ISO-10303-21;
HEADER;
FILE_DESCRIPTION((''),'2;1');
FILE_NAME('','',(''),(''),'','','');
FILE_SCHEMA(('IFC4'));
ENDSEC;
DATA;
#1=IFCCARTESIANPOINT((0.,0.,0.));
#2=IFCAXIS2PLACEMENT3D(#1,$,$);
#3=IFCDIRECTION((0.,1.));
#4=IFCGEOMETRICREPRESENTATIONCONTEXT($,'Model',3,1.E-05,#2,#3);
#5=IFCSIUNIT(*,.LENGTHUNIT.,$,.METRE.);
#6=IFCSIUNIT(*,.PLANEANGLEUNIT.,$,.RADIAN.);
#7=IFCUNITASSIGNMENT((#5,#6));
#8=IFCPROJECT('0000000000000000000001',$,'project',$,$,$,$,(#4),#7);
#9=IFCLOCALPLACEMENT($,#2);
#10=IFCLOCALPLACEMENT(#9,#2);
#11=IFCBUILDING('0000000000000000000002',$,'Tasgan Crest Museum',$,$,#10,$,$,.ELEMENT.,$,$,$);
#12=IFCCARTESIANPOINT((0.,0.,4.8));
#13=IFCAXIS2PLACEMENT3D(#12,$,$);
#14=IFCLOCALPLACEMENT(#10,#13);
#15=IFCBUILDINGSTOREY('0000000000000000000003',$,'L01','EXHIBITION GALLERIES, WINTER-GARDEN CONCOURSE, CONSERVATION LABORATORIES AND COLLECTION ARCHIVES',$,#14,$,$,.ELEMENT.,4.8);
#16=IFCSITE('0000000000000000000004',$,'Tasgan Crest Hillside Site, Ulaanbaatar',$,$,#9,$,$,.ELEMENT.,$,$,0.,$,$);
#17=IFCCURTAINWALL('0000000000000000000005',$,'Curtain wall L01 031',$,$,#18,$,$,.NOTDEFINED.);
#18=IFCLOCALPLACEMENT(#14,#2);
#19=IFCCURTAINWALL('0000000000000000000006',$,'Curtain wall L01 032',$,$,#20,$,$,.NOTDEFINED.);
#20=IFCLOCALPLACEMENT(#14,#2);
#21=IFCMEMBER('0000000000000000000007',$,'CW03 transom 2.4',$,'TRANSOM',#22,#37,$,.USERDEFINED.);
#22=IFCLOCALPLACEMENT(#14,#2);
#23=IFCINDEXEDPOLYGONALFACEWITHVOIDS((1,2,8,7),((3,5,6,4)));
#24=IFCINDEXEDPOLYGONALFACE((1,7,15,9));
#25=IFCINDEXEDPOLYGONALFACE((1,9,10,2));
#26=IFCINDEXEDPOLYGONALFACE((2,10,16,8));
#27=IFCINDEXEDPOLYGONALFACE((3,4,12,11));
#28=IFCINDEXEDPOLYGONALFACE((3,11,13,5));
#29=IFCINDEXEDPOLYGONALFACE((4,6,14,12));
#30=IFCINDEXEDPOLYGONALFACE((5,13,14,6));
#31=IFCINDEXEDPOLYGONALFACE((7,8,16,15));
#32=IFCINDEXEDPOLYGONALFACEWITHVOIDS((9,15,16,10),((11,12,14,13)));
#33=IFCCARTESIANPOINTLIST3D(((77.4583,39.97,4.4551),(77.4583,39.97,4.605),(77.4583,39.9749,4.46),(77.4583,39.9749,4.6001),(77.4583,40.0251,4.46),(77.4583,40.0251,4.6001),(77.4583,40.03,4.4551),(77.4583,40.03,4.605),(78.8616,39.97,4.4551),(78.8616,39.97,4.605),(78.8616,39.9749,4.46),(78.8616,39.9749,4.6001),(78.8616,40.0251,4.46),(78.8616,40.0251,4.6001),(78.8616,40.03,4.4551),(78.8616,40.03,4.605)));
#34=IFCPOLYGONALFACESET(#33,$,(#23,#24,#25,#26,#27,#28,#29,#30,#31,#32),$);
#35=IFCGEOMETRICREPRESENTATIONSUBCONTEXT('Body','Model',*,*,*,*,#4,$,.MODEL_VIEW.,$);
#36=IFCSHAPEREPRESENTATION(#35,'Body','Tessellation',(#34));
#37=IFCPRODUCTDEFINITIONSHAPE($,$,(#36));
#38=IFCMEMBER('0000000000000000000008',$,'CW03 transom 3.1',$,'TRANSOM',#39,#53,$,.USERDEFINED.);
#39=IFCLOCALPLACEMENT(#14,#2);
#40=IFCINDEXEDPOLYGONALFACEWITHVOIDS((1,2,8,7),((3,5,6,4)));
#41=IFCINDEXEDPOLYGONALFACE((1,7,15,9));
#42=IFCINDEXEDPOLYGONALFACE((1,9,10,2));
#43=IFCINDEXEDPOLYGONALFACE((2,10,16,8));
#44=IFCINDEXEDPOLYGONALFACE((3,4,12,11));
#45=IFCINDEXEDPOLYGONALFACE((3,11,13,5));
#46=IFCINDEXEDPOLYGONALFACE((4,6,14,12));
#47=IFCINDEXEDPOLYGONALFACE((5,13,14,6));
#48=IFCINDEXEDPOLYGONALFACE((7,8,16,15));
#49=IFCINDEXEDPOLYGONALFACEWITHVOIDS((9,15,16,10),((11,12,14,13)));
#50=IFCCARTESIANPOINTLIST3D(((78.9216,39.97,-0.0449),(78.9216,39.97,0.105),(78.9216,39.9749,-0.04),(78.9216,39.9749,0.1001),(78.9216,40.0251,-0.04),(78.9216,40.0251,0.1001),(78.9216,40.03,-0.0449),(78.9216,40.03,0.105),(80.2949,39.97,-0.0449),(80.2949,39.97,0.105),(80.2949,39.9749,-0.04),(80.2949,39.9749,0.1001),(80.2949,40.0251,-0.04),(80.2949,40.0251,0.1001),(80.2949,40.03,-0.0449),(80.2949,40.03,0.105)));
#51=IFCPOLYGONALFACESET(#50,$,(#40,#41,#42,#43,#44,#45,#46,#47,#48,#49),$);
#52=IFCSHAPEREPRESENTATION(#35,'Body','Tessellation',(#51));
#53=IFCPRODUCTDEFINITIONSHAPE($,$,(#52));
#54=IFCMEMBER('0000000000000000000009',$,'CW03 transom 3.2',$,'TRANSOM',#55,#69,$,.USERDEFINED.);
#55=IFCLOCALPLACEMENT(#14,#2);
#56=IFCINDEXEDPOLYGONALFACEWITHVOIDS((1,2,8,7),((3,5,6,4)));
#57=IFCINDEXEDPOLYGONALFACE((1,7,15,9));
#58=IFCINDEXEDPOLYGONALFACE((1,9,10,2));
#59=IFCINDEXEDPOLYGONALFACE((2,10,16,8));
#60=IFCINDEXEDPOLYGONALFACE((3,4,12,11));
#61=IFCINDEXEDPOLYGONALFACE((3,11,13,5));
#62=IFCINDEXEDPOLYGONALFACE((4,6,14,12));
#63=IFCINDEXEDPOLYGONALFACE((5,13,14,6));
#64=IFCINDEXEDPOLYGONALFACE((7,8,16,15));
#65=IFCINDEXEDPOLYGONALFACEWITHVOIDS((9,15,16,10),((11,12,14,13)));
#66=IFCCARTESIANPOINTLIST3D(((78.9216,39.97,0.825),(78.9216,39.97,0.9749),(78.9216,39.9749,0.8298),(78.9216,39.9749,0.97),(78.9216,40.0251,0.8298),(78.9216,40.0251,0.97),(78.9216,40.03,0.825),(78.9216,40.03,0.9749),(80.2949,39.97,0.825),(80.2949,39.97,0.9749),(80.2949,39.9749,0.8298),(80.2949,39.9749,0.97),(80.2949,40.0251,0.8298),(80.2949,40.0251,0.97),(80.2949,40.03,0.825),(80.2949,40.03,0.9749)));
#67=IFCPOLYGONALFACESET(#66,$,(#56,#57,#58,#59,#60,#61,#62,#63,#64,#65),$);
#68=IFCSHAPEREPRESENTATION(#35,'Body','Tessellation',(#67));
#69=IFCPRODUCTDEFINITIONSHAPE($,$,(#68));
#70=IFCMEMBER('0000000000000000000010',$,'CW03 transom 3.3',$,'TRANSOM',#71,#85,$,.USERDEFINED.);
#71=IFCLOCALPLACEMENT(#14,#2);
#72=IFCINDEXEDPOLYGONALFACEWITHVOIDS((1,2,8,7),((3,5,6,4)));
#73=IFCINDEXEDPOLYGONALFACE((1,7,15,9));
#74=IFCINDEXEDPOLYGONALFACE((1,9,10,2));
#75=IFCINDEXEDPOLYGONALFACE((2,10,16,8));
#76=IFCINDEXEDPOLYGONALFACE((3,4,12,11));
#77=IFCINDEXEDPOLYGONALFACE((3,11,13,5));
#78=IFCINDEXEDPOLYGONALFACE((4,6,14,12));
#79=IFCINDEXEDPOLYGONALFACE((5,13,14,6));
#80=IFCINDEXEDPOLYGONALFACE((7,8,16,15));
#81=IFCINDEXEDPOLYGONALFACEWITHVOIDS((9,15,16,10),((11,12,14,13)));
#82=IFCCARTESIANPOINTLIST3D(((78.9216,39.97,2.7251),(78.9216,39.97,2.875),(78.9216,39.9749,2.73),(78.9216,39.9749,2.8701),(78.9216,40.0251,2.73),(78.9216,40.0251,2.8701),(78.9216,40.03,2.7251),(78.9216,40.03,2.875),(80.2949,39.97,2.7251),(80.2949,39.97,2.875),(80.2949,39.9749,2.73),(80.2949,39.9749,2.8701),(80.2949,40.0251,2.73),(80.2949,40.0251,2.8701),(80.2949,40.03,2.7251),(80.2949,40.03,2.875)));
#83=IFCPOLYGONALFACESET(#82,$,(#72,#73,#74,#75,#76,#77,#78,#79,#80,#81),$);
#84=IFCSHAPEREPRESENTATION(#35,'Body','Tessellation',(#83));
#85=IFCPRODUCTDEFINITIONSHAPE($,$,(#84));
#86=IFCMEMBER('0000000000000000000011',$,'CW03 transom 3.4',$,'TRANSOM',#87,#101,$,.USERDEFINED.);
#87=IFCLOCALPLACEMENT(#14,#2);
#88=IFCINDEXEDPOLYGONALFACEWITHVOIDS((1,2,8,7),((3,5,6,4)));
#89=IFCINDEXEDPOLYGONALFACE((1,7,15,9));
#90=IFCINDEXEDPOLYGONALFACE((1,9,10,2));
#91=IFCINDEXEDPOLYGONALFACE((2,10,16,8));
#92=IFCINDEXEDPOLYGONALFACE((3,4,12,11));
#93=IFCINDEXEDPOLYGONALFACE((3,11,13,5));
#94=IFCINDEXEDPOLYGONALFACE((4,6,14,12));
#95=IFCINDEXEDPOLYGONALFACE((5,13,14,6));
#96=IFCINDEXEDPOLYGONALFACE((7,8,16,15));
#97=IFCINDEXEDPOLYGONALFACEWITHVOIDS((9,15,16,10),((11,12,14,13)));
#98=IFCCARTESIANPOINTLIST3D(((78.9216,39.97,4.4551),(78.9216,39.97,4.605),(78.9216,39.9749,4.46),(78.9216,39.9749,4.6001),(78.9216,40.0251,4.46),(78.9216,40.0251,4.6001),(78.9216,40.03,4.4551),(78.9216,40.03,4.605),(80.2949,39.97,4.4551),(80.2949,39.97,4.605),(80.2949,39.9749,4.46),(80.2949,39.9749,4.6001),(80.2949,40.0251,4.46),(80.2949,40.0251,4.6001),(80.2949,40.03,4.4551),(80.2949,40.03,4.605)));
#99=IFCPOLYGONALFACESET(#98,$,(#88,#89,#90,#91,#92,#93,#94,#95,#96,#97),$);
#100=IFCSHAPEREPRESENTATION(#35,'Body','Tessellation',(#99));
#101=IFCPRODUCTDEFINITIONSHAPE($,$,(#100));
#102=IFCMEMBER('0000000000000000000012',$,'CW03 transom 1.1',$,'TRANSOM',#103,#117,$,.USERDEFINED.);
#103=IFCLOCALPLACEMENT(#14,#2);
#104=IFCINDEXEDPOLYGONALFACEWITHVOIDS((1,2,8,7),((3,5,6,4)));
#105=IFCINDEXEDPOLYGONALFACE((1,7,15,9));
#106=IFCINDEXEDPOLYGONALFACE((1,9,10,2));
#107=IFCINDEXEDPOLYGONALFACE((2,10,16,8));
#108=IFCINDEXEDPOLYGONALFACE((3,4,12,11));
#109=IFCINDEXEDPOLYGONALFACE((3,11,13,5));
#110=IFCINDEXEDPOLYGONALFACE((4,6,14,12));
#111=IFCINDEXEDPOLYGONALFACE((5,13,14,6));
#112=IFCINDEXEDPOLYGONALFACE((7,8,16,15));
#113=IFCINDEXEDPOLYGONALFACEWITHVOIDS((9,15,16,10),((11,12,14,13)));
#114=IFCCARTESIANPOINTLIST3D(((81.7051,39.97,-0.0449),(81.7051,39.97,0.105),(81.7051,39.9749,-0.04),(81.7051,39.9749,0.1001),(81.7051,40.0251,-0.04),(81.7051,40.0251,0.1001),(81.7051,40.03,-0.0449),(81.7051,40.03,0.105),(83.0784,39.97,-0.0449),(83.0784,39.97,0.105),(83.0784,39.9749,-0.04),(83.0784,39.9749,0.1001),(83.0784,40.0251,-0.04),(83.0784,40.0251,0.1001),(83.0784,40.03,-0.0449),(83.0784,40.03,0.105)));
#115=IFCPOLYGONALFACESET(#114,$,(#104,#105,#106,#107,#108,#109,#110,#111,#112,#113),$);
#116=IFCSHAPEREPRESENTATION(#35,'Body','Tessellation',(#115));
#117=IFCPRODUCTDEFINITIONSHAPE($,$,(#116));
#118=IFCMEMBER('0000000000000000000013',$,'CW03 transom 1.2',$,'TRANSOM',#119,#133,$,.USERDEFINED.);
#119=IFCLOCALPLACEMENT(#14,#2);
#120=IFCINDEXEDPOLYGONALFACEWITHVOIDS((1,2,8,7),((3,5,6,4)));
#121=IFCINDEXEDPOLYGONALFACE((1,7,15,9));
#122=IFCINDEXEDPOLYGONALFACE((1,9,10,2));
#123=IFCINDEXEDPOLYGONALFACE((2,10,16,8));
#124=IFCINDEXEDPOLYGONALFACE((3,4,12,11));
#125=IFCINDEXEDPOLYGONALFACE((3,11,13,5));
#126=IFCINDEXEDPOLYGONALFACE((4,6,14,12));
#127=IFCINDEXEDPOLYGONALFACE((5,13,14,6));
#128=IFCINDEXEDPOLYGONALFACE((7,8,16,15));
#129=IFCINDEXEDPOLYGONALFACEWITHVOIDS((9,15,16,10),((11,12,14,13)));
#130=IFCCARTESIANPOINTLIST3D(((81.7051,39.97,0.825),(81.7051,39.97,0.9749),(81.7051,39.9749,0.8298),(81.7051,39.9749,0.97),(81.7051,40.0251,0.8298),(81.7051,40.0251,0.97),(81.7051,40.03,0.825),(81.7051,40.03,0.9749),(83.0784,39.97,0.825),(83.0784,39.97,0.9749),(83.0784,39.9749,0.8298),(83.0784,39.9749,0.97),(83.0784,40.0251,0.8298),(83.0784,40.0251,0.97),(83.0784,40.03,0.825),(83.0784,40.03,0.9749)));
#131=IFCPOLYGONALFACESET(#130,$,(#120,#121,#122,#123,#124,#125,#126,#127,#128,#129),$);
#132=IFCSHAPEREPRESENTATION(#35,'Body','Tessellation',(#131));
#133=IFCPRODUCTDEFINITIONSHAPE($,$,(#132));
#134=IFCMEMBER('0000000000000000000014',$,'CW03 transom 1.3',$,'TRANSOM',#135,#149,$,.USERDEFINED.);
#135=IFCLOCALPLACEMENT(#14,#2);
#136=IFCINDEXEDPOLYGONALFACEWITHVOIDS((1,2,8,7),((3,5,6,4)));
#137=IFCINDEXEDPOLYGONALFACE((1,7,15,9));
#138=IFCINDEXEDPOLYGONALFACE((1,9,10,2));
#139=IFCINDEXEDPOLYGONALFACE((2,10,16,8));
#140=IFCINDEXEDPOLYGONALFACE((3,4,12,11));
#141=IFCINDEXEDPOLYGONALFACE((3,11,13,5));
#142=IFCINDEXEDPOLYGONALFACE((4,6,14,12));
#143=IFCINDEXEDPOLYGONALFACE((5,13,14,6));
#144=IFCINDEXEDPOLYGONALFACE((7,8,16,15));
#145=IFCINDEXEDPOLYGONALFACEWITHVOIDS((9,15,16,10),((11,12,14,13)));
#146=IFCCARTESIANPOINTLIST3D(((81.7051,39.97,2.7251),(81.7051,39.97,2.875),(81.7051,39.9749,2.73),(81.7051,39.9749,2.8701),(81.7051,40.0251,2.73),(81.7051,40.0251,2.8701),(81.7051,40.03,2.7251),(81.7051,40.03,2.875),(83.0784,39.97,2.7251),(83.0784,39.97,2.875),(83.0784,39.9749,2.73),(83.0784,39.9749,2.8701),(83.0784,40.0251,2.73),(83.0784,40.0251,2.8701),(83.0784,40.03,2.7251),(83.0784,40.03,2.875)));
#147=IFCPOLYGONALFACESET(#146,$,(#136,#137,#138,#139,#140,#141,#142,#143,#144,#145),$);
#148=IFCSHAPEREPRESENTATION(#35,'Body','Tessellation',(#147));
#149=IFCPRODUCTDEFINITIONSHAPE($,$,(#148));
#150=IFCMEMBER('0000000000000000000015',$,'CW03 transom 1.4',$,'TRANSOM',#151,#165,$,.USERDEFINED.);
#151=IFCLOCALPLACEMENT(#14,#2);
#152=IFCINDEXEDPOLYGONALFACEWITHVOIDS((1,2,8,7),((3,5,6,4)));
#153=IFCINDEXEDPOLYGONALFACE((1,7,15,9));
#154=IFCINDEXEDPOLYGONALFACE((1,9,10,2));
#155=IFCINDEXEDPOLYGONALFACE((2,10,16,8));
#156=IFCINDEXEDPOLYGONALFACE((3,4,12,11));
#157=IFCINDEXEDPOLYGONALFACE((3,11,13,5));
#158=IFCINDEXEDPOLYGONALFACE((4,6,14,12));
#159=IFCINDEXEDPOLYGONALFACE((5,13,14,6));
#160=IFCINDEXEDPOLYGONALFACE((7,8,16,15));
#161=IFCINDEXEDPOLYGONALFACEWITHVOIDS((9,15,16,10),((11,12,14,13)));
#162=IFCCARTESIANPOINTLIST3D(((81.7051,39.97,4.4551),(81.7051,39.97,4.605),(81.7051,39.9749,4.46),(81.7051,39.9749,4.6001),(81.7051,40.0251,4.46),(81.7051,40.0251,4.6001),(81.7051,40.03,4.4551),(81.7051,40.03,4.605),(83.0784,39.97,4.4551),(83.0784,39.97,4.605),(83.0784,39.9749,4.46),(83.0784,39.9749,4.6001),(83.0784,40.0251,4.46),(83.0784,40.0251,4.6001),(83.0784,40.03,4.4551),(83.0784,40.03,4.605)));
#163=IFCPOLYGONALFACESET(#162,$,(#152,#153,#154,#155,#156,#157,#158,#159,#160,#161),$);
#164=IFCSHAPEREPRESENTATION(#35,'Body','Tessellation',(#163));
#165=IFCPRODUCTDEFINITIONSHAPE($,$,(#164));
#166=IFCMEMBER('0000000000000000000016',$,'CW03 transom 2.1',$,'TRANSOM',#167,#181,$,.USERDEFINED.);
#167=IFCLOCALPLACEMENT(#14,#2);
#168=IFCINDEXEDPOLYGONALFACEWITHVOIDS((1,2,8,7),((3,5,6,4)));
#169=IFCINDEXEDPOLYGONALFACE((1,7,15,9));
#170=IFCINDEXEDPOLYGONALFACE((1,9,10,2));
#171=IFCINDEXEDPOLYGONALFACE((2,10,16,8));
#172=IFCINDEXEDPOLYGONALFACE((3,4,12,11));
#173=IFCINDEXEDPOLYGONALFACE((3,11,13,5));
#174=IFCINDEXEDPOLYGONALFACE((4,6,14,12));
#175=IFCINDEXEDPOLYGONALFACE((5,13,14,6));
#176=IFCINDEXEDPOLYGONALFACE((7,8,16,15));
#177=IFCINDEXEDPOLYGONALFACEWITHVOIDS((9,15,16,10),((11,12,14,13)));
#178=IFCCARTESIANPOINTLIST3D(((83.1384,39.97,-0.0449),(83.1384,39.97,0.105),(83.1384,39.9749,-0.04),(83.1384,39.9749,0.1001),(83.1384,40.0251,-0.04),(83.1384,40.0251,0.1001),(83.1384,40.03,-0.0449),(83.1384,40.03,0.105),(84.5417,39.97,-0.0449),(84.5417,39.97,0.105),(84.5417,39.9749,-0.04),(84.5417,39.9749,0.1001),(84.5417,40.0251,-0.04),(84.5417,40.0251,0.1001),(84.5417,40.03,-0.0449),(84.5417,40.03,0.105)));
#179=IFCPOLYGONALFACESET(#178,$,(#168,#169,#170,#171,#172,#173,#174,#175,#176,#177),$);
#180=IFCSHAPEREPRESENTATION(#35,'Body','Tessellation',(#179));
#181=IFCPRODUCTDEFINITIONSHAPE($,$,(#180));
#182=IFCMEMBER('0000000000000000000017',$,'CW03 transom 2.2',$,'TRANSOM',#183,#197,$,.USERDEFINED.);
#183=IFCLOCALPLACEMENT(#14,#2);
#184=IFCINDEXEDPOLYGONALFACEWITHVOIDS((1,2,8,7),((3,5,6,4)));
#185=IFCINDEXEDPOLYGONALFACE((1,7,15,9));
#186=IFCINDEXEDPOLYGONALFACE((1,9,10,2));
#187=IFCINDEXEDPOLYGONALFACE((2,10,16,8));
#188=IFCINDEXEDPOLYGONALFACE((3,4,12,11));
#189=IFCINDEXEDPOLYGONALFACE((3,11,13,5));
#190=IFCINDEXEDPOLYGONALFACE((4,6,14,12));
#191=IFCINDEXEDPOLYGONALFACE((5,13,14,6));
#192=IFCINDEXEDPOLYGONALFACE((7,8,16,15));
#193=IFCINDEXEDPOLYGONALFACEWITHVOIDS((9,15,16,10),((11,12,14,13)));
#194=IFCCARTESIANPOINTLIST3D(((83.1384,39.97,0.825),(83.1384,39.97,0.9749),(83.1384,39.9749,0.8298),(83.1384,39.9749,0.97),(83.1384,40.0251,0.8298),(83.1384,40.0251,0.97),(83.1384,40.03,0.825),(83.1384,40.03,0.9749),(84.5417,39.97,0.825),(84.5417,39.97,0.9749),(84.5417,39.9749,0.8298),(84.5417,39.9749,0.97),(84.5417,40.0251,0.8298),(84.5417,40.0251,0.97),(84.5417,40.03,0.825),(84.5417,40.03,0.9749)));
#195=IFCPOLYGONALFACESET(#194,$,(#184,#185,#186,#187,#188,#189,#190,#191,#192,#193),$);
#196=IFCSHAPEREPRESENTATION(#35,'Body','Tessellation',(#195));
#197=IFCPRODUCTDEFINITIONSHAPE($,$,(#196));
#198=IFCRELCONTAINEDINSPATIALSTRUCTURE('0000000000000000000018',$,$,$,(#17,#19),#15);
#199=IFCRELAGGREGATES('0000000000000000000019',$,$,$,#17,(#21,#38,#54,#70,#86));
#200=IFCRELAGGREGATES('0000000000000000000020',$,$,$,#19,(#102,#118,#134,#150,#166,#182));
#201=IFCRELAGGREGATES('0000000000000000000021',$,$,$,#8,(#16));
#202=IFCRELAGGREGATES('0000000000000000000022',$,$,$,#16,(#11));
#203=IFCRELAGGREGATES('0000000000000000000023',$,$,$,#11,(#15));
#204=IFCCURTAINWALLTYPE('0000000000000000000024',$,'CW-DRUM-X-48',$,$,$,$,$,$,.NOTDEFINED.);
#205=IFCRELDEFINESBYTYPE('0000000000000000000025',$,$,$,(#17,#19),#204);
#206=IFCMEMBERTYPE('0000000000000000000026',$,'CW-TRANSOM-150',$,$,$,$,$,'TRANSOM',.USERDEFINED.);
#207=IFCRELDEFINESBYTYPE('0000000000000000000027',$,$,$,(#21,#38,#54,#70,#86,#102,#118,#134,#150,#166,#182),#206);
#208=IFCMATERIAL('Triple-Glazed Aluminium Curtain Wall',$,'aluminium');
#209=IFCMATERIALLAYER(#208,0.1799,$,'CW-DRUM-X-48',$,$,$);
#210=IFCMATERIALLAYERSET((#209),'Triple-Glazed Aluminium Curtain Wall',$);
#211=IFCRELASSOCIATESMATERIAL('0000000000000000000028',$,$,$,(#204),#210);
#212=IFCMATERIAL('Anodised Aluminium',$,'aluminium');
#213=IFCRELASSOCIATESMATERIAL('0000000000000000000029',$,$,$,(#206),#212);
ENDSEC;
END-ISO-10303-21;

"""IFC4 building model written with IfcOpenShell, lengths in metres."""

from ifc_helpers import new_model, si_unit, direction, frame, origin, origin_2d, place, context, subcontext, project, spatial, hollow_rectangle, extrude, material, layer, layer_set, material_profile, profile_set, type_object, element, aggregate, save


model = new_model("IFC4")

# Units and contexts
model_context = context("Model", 3, precision=1e-05, world=origin(), true_north=direction((0.0, 1.0)))
body_context = subcontext(model_context, "Body", "Model", "MODEL_VIEW")
ifc_project = project(units=[si_unit("LENGTHUNIT", "METRE"), si_unit("PLANEANGLEUNIT", "RADIAN")], contexts=[model_context])

# Site, building, storey
site_placement = place(None, origin())
site = spatial("IfcSite", under=ifc_project, at=site_placement, Name="Tasgan Crest Hillside Site, Ulaanbaatar", CompositionType="ELEMENT", RefElevation=0.0)
building_placement = place(site_placement, origin())
building = spatial("IfcBuilding", under=site, at=building_placement, Name="Tasgan Crest Museum", CompositionType="ELEMENT")
storey_placement = place(building_placement, frame((0.0, 0.0, 4.8)))
storey = spatial("IfcBuildingStorey", under=building, at=storey_placement, Name="L01", Description="EXHIBITION GALLERIES, WINTER-GARDEN CONCOURSE, CONSERVATION LABORATORIES AND COLLECTION ARCHIVES", CompositionType="ELEMENT", Elevation=4.8)

# Curtain walls
ifc_material_1 = material(Name="Triple-Glazed Aluminium Curtain Wall", Category="aluminium")
ifc_layer_1 = layer(ifc_material_1, 0.1799, Name="CW-DRUM-X-48")
ifc_layer_set_1 = layer_set([ifc_layer_1], Name="Triple-Glazed Aluminium Curtain Wall")
curtain_wall_type = type_object("IfcCurtainWallType", Name="CW-DRUM-X-48", PredefinedType="NOTDEFINED", material=ifc_layer_set_1)
curtain_wall_1_placement = place(storey_placement, origin())
curtain_wall_1 = element("IfcCurtainWall", 1, at=curtain_wall_1_placement, inside=storey, type_object=curtain_wall_type, Name="Curtain wall L01 031", PredefinedType="NOTDEFINED")
curtain_wall_2_placement = place(storey_placement, origin())
curtain_wall_2 = element("IfcCurtainWall", 2, at=curtain_wall_2_placement, inside=storey, type_object=curtain_wall_type, Name="Curtain wall L01 032", PredefinedType="NOTDEFINED")

# Members
ifc_material_2 = material(Name="Anodised Aluminium", Category="aluminium")
ifc_material_profile_1 = material_profile(ifc_material_2, hollow_rectangle(XDim=0.0601, YDim=0.1499, WallThickness=0.0049, at=origin_2d()), Name="ALU TRANSOM 150x60x5")
ifc_profile_set_1 = profile_set([ifc_material_profile_1], Name="Anodised Aluminium")
member_type_1 = type_object("IfcMemberType", Name="CW-TRANSOM-150", ElementType="TRANSOM", PredefinedType="USERDEFINED", material=ifc_profile_set_1)
member_1_placement = place(storey_placement, frame((77.4583, 40.0, 4.53), z_axis=(1.0, 0.0, 0.0), x_axis=(0.0, 1.0, 0.0)))
member_1 = element("IfcMember", 3, at=member_1_placement, type_object=member_type_1, Name="CW03 transom 2.4", ObjectType="TRANSOM", PredefinedType="USERDEFINED", context=body_context, shape_type="SweptSolid", body=[
    extrude(hollow_rectangle(XDim=0.0601, YDim=0.1499, WallThickness=0.0049, at=origin_2d()), origin(), (0.0, 0.0, 1.0), 1.4033),
])
member_2_placement = place(storey_placement, frame((78.9216, 40.0, 0.03), z_axis=(1.0, 0.0, 0.0), x_axis=(0.0, 1.0, 0.0)))
member_2 = element("IfcMember", 4, at=member_2_placement, type_object=member_type_1, Name="CW03 transom 3.1", ObjectType="TRANSOM", PredefinedType="USERDEFINED", context=body_context, shape_type="SweptSolid", body=[
    extrude(hollow_rectangle(XDim=0.0601, YDim=0.1499, WallThickness=0.0049, at=origin_2d()), origin(), (0.0, 0.0, 1.0), 1.3733),
])
member_3_placement = place(storey_placement, frame((78.9216, 40.0, 0.8999), z_axis=(1.0, 0.0, 0.0), x_axis=(0.0, 1.0, 0.0)))
member_3 = element("IfcMember", 5, at=member_3_placement, type_object=member_type_1, Name="CW03 transom 3.2", ObjectType="TRANSOM", PredefinedType="USERDEFINED", context=body_context, shape_type="SweptSolid", body=[
    extrude(hollow_rectangle(XDim=0.0601, YDim=0.1499, WallThickness=0.0049, at=origin_2d()), origin(), (0.0, 0.0, 1.0), 1.3733),
])
member_4_placement = place(storey_placement, frame((78.9216, 40.0, 2.8), z_axis=(1.0, 0.0, 0.0), x_axis=(0.0, 1.0, 0.0)))
member_4 = element("IfcMember", 6, at=member_4_placement, type_object=member_type_1, Name="CW03 transom 3.3", ObjectType="TRANSOM", PredefinedType="USERDEFINED", context=body_context, shape_type="SweptSolid", body=[
    extrude(hollow_rectangle(XDim=0.0601, YDim=0.1499, WallThickness=0.0049, at=origin_2d()), origin(), (0.0, 0.0, 1.0), 1.3733),
])
member_5_placement = place(storey_placement, frame((78.9216, 40.0, 4.53), z_axis=(1.0, 0.0, 0.0), x_axis=(0.0, 1.0, 0.0)))
member_5 = element("IfcMember", 7, at=member_5_placement, type_object=member_type_1, Name="CW03 transom 3.4", ObjectType="TRANSOM", PredefinedType="USERDEFINED", context=body_context, shape_type="SweptSolid", body=[
    extrude(hollow_rectangle(XDim=0.0601, YDim=0.1499, WallThickness=0.0049, at=origin_2d()), origin(), (0.0, 0.0, 1.0), 1.3733),
])
member_6_placement = place(storey_placement, frame((81.7051, 40.0, 0.03), z_axis=(1.0, 0.0, 0.0), x_axis=(0.0, 1.0, 0.0)))
member_6 = element("IfcMember", 8, at=member_6_placement, type_object=member_type_1, Name="CW03 transom 1.1", ObjectType="TRANSOM", PredefinedType="USERDEFINED", context=body_context, shape_type="SweptSolid", body=[
    extrude(hollow_rectangle(XDim=0.0601, YDim=0.1499, WallThickness=0.0049, at=origin_2d()), origin(), (0.0, 0.0, 1.0), 1.3733),
])
member_7_placement = place(storey_placement, frame((81.7051, 40.0, 0.8999), z_axis=(1.0, 0.0, 0.0), x_axis=(0.0, 1.0, 0.0)))
member_7 = element("IfcMember", 9, at=member_7_placement, type_object=member_type_1, Name="CW03 transom 1.2", ObjectType="TRANSOM", PredefinedType="USERDEFINED", context=body_context, shape_type="SweptSolid", body=[
    extrude(hollow_rectangle(XDim=0.0601, YDim=0.1499, WallThickness=0.0049, at=origin_2d()), origin(), (0.0, 0.0, 1.0), 1.3733),
])
member_8_placement = place(storey_placement, frame((81.7051, 40.0, 2.8), z_axis=(1.0, 0.0, 0.0), x_axis=(0.0, 1.0, 0.0)))
member_8 = element("IfcMember", 10, at=member_8_placement, type_object=member_type_1, Name="CW03 transom 1.3", ObjectType="TRANSOM", PredefinedType="USERDEFINED", context=body_context, shape_type="SweptSolid", body=[
    extrude(hollow_rectangle(XDim=0.0601, YDim=0.1499, WallThickness=0.0049, at=origin_2d()), origin(), (0.0, 0.0, 1.0), 1.3733),
])
member_9_placement = place(storey_placement, frame((81.7051, 40.0, 4.53), z_axis=(1.0, 0.0, 0.0), x_axis=(0.0, 1.0, 0.0)))
member_9 = element("IfcMember", 11, at=member_9_placement, type_object=member_type_1, Name="CW03 transom 1.4", ObjectType="TRANSOM", PredefinedType="USERDEFINED", context=body_context, shape_type="SweptSolid", body=[
    extrude(hollow_rectangle(XDim=0.0601, YDim=0.1499, WallThickness=0.0049, at=origin_2d()), origin(), (0.0, 0.0, 1.0), 1.3733),
])
member_10_placement = place(storey_placement, frame((83.1384, 40.0, 0.03), z_axis=(1.0, 0.0, 0.0), x_axis=(0.0, 1.0, 0.0)))
member_10 = element("IfcMember", 12, at=member_10_placement, type_object=member_type_1, Name="CW03 transom 2.1", ObjectType="TRANSOM", PredefinedType="USERDEFINED", context=body_context, shape_type="SweptSolid", body=[
    extrude(hollow_rectangle(XDim=0.0601, YDim=0.1499, WallThickness=0.0049, at=origin_2d()), origin(), (0.0, 0.0, 1.0), 1.4033),
])
member_11_placement = place(storey_placement, frame((83.1384, 40.0, 0.8999), z_axis=(1.0, 0.0, 0.0), x_axis=(0.0, 1.0, 0.0)))
member_11 = element("IfcMember", 13, at=member_11_placement, type_object=member_type_1, Name="CW03 transom 2.2", ObjectType="TRANSOM", PredefinedType="USERDEFINED", context=body_context, shape_type="SweptSolid", body=[
    extrude(hollow_rectangle(XDim=0.0601, YDim=0.1499, WallThickness=0.0049, at=origin_2d()), origin(), (0.0, 0.0, 1.0), 1.4033),
])

aggregate(curtain_wall_1, [member_1, member_2, member_3, member_4, member_5])
aggregate(curtain_wall_2, [member_6, member_7, member_8, member_9, member_10, member_11])

save(model, "model.ifc")
